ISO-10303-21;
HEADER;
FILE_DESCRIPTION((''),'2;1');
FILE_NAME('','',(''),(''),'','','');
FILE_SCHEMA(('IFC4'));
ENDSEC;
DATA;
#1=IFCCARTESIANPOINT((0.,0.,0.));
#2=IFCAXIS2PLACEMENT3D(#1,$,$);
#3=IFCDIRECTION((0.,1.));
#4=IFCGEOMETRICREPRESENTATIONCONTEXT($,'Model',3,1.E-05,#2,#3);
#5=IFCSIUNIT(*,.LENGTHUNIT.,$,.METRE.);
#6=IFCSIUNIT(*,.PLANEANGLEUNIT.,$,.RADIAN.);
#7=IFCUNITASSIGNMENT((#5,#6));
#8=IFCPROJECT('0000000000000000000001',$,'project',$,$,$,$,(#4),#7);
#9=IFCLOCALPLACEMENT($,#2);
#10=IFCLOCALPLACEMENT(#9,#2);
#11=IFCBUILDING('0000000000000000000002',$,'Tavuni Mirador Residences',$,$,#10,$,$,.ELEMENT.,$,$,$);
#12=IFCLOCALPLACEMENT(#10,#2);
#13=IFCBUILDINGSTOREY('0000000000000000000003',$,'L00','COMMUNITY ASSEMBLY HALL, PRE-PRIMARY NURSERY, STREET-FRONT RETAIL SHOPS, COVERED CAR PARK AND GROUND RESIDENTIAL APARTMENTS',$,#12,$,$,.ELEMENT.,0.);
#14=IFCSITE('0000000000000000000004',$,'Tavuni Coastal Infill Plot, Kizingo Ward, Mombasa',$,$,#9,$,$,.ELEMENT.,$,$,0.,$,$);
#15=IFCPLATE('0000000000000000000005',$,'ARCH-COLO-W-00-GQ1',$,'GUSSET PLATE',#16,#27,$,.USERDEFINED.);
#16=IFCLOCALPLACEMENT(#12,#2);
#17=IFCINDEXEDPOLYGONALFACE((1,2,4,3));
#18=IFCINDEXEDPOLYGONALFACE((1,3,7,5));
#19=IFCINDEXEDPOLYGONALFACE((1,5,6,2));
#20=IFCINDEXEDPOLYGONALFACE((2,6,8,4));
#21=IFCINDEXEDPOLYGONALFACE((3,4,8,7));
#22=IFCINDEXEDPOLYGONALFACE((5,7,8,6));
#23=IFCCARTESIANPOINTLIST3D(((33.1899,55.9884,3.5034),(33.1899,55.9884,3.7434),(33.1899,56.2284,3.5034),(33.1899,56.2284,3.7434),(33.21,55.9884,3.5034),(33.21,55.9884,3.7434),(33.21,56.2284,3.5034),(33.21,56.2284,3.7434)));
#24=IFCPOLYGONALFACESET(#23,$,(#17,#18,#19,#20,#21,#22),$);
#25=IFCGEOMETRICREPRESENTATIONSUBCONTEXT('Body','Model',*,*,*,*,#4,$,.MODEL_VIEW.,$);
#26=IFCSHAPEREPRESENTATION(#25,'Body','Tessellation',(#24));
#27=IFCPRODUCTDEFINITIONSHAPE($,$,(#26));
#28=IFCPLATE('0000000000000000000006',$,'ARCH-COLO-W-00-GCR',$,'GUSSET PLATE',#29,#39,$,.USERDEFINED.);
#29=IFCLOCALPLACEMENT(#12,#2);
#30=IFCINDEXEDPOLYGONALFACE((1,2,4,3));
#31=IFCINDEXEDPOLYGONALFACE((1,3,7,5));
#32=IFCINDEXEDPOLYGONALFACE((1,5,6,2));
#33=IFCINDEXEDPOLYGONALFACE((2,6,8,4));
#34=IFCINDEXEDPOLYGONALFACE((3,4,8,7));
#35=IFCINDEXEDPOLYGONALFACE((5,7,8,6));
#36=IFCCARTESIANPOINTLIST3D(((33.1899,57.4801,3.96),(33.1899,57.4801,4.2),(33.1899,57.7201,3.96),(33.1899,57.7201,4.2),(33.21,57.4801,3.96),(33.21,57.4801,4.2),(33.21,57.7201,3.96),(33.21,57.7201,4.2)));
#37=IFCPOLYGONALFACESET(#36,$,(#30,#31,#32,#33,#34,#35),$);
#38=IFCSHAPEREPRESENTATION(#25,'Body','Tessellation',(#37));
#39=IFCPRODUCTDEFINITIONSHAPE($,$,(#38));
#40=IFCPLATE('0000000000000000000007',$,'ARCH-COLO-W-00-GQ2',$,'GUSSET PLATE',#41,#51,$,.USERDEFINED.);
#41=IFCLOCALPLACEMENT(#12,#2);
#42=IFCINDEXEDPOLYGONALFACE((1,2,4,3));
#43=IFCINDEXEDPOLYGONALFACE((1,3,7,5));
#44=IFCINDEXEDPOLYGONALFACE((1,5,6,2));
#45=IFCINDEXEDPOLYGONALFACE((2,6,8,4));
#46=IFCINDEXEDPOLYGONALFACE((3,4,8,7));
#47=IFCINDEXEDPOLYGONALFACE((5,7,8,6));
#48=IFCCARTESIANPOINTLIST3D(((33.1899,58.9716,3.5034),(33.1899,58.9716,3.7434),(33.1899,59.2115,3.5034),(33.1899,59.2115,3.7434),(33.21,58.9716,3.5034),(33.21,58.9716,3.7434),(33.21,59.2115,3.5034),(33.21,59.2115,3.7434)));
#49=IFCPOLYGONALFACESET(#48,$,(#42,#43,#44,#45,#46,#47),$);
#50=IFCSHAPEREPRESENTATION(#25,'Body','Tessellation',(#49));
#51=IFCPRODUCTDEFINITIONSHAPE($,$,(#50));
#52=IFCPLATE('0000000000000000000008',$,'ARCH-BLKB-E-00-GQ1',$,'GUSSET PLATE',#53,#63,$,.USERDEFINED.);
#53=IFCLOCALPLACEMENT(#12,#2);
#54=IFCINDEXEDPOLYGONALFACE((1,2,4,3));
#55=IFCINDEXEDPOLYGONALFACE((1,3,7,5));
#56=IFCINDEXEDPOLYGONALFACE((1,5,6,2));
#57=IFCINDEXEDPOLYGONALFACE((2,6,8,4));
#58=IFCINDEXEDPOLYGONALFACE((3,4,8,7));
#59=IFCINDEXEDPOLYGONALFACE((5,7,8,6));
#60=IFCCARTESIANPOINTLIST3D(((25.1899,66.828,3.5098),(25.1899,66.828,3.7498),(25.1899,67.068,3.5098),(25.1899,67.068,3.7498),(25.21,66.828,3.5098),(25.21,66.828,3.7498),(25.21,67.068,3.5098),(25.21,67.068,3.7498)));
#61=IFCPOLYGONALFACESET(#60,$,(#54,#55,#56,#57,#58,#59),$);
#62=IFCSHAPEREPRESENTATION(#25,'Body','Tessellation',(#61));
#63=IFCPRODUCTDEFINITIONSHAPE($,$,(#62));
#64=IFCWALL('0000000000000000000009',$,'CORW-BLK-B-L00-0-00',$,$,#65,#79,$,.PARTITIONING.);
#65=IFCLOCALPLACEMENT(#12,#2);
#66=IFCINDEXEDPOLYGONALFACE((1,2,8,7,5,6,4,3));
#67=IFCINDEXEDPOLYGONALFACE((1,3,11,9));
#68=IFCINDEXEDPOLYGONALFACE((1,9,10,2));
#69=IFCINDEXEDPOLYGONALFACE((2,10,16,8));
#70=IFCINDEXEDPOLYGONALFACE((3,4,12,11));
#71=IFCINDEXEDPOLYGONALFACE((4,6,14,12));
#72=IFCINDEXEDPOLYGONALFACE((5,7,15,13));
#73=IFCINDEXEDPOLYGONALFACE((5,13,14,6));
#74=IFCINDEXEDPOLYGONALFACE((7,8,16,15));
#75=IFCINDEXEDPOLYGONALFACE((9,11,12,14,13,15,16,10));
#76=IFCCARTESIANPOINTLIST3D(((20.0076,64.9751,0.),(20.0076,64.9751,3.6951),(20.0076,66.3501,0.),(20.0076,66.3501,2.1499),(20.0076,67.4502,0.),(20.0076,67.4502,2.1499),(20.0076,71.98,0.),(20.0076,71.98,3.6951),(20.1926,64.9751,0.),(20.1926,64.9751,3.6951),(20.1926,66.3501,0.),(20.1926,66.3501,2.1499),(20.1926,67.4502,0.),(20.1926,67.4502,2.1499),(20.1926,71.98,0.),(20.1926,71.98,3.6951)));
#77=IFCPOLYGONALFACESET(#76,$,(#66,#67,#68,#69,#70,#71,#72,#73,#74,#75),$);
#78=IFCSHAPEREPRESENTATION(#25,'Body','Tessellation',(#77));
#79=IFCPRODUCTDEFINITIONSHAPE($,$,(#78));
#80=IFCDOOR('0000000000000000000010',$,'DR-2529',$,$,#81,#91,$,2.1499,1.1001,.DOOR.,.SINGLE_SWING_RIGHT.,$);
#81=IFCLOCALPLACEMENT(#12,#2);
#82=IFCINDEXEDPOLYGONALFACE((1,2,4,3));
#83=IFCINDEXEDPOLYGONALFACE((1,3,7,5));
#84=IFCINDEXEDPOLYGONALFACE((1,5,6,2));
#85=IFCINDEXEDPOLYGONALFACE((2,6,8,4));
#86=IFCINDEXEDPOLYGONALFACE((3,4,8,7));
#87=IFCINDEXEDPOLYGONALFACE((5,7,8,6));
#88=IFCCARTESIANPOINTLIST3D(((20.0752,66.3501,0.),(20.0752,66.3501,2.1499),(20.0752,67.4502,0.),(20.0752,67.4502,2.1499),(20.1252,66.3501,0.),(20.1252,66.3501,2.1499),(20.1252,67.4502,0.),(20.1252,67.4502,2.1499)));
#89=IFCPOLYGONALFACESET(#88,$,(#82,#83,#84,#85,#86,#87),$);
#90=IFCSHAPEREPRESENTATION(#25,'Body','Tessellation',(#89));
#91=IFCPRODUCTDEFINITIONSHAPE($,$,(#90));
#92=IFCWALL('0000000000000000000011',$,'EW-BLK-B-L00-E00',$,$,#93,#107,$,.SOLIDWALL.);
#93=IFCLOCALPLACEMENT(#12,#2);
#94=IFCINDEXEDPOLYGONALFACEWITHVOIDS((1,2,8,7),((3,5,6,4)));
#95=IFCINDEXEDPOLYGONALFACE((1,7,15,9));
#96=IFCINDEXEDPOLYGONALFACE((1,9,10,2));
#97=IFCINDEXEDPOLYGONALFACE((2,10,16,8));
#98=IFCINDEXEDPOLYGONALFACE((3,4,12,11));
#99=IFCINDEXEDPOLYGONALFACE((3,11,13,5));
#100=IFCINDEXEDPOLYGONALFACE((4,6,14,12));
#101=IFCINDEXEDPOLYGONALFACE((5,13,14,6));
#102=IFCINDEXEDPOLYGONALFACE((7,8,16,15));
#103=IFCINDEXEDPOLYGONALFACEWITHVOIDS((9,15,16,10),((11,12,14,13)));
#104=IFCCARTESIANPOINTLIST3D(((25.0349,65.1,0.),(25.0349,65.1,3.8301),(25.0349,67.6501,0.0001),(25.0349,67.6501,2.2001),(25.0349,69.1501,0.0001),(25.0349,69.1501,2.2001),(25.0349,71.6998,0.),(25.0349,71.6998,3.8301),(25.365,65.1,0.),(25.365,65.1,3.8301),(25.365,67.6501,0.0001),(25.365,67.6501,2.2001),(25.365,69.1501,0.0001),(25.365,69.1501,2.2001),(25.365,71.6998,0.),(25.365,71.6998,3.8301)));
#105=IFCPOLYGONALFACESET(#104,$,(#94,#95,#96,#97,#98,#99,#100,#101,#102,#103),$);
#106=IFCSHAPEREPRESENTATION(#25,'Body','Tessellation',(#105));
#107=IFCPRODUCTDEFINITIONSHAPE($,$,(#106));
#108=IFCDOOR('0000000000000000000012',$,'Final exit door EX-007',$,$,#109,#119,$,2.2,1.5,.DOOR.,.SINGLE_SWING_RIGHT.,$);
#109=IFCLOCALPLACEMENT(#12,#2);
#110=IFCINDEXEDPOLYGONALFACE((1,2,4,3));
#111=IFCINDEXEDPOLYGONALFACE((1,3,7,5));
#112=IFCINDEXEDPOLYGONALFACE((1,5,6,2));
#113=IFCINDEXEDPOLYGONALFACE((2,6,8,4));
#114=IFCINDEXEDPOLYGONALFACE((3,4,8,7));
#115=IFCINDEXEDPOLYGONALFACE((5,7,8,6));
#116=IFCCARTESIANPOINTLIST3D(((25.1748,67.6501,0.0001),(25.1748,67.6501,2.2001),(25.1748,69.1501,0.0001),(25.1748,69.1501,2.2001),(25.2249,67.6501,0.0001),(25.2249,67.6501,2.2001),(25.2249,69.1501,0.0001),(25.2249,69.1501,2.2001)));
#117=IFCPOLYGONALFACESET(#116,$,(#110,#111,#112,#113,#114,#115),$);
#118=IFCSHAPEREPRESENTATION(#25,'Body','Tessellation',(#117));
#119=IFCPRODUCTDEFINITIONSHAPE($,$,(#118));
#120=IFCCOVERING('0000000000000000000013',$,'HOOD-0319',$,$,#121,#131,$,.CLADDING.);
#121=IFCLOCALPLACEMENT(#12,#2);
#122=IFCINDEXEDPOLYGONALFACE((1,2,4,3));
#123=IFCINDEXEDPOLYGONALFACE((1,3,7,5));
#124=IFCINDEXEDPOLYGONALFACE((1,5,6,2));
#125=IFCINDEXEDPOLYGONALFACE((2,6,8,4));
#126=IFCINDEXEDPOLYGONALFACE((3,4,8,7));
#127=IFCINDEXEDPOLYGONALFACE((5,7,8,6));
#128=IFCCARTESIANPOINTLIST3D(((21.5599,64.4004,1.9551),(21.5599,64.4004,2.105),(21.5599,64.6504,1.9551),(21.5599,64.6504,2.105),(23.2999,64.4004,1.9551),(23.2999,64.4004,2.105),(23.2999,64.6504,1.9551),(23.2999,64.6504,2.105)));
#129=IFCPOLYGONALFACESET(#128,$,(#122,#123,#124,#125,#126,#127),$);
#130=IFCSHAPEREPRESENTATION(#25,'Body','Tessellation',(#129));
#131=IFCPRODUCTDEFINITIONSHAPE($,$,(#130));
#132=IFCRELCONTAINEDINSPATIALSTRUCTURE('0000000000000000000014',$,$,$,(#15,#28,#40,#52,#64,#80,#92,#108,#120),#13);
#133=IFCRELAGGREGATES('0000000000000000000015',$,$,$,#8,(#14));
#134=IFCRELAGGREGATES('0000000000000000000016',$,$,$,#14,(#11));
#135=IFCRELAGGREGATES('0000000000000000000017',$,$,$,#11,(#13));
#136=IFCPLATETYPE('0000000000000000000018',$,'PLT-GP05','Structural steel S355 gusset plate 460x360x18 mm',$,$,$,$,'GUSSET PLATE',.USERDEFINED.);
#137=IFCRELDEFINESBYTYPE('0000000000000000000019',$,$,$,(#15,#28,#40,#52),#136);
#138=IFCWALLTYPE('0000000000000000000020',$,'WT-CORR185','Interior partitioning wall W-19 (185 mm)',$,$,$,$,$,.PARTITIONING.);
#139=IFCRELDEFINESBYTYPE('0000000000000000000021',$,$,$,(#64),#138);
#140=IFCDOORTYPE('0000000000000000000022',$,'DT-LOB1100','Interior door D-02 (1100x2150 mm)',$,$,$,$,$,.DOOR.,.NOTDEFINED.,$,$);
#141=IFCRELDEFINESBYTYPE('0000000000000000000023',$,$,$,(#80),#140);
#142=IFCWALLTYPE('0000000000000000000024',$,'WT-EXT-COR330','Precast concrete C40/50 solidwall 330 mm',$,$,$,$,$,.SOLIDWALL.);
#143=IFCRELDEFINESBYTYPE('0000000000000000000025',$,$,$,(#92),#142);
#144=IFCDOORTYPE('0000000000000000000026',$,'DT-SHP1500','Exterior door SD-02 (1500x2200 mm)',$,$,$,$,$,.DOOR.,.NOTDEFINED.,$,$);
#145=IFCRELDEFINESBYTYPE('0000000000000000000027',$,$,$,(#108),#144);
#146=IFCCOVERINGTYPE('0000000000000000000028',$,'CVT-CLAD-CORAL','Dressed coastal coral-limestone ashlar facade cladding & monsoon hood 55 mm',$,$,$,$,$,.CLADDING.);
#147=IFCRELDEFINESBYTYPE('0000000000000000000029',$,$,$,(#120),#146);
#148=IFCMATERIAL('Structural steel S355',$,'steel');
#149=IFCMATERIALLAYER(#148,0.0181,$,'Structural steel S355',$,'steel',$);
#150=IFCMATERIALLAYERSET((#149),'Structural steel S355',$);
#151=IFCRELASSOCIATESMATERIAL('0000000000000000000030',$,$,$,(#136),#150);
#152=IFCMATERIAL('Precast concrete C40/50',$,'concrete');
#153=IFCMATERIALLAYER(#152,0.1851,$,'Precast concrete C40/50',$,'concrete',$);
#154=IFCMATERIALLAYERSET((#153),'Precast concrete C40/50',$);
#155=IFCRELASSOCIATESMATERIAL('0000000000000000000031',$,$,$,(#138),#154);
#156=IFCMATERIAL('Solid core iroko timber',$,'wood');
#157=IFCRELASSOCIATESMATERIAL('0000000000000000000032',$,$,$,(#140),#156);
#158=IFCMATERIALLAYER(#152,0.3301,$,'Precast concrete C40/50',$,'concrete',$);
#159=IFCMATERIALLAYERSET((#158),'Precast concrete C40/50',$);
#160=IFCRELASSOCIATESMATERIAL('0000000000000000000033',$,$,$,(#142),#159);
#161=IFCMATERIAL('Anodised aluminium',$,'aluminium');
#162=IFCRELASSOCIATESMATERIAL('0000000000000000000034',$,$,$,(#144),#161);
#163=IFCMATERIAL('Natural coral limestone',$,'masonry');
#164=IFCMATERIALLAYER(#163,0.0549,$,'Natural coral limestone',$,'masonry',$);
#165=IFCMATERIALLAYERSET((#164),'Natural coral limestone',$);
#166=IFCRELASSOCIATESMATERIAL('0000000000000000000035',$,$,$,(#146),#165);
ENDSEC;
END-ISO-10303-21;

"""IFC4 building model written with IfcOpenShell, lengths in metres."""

from ifc_helpers import new_model, si_unit, direction, frame, frame_2d, origin, origin_2d, place, context, subcontext, project, spatial, rectangle, extrude, material, layer, layer_set, type_object, element, fill, save


model = new_model("IFC4")

# Units and contexts
model_context = context("Model", 3, precision=1e-05, world=origin(), true_north=direction((0.0, 1.0)))
body_context = subcontext(model_context, "Body", "Model", "MODEL_VIEW")
ifc_project = project(units=[si_unit("LENGTHUNIT", "METRE"), si_unit("PLANEANGLEUNIT", "RADIAN")], contexts=[model_context])

# Site, building, storey
site_placement = place(None, origin())
site = spatial("IfcSite", under=ifc_project, at=site_placement, Name="Tavuni Coastal Infill Plot, Kizingo Ward, Mombasa", CompositionType="ELEMENT", RefElevation=0.0)
building_placement = place(site_placement, origin())
building = spatial("IfcBuilding", under=site, at=building_placement, Name="Tavuni Mirador Residences", CompositionType="ELEMENT")
storey_placement = place(building_placement, origin())
storey = spatial("IfcBuildingStorey", under=building, at=storey_placement, Name="L00", Description="COMMUNITY ASSEMBLY HALL, PRE-PRIMARY NURSERY, STREET-FRONT RETAIL SHOPS, COVERED CAR PARK AND GROUND RESIDENTIAL APARTMENTS", CompositionType="ELEMENT", Elevation=0.0)

# Shared definitions
ifc_material_1 = material(Name="Precast concrete C40/50", Category="concrete")

# Shared definitions
ifc_material_2 = material(Name="Structural steel S355", Category="steel")

# Plates
ifc_layer_1 = layer(ifc_material_2, 0.0181, Name="Structural steel S355", Category="steel")
ifc_layer_set_1 = layer_set([ifc_layer_1], Name="Structural steel S355")
plate_type = type_object("IfcPlateType", Name="PLT-GP05", Description="Structural steel S355 gusset plate 460x360x18 mm", ElementType="GUSSET PLATE", PredefinedType="USERDEFINED", material=ifc_layer_set_1)
for number, where, z_axis, x_axis, name in (
    (1, (33.2, 56.1084, 3.5034), (0.0, 0.0, 1.0), (1.0, 0.0, 0.0), "ARCH-COLO-W-00-GQ1"),
    (2, (33.2, 57.6001, 3.96), (0.0, 0.0, 1.0), (1.0, 0.0, 0.0), "ARCH-COLO-W-00-GCR"),
    (3, (33.2, 59.0916, 3.5034), (0.0, 0.0, 1.0), (1.0, 0.0, 0.0), "ARCH-COLO-W-00-GQ2"),
    (4, (25.2, 66.948, 3.5098), (0.0, 0.0, 1.0), (1.0, 0.0, 0.0), "ARCH-BLKB-E-00-GQ1"),
):
    element("IfcPlate", number, at=place(storey_placement, frame(where, z_axis=z_axis, x_axis=x_axis)), inside=storey, type_object=plate_type, Name=name, ObjectType="GUSSET PLATE", PredefinedType="USERDEFINED", context=body_context, shape_type="SweptSolid", body=[
        extrude(rectangle(XDim=0.02, YDim=0.24, at=origin_2d()), origin(), (0.0, 0.0, 1.0), 0.24),
    ])

# Walls, openings, doors
ifc_layer_2 = layer(ifc_material_1, 0.1851, Name="Precast concrete C40/50", Category="concrete")
ifc_layer_set_2 = layer_set([ifc_layer_2], Name="Precast concrete C40/50")
wall_type_1 = type_object("IfcWallType", Name="WT-CORR185", Description="Interior partitioning wall W-19 (185 mm)", PredefinedType="PARTITIONING", material=ifc_layer_set_2)
wall_1_placement = place(storey_placement, frame((20.1001, 64.9751, 0.0), z_axis=(0.0, 0.0, 1.0), x_axis=(0.0, 1.0, 0.0)))
wall_1 = element("IfcWall", 5, at=wall_1_placement, inside=storey, type_object=wall_type_1, Name="CORW-BLK-B-L00-0-00", PredefinedType="PARTITIONING", context=body_context, shape_type="SweptSolid", body=[
    extrude(rectangle(XDim=7.0049, YDim=0.1851, at=frame_2d((3.5024, 0.0))), origin(), (0.0, 0.0, 1.0), 3.6951),
])
opening_1_placement = place(wall_1_placement, frame((1.375, 0.0, 0.0)))
opening_1 = element("IfcOpeningElement", 6, at=opening_1_placement, cuts=wall_1, PredefinedType="OPENING", context=body_context, shape_type="SweptSolid", body=[
    extrude(rectangle(XDim=1.1001, YDim=2.1499, at=frame_2d((0.55, 1.075))), frame((0.0, 0.1025, 0.0), z_axis=(0.0, -1.0, 0.0), x_axis=(1.0, 0.0, 0.0)), (0.0, 0.0, 1.0), 0.2051),
])
ifc_material_3 = material(Name="Solid core iroko timber", Category="wood")
door_type_1 = type_object("IfcDoorType", Name="DT-LOB1100", Description="Interior door D-02 (1100x2150 mm)", OperationType="NOTDEFINED", PredefinedType="DOOR", material=ifc_material_3)
door_1_placement = place(opening_1_placement, origin())
door_1 = element("IfcDoor", 7, at=door_1_placement, inside=storey, type_object=door_type_1, Name="DR-2529", OperationType="SINGLE_SWING_RIGHT", OverallHeight=2.1499, OverallWidth=1.1001, PredefinedType="DOOR", context=body_context, shape_type="SweptSolid", body=[
    extrude(rectangle(XDim=1.1001, YDim=2.1499, at=frame_2d((0.55, 1.075))), frame((0.0, 0.0249, 0.0), z_axis=(0.0, -1.0, 0.0), x_axis=(1.0, 0.0, 0.0)), (0.0, 0.0, 1.0), 0.05),
])
fill(opening_1, door_1)
ifc_layer_3 = layer(ifc_material_1, 0.3301, Name="Precast concrete C40/50", Category="concrete")
ifc_layer_set_3 = layer_set([ifc_layer_3], Name="Precast concrete C40/50")
wall_type_2 = type_object("IfcWallType", Name="WT-EXT-COR330", Description="Precast concrete C40/50 solidwall 330 mm", PredefinedType="SOLIDWALL", material=ifc_layer_set_3)
wall_2_placement = place(storey_placement, frame((25.2, 65.1001, 0.0), z_axis=(0.0, 0.0, 1.0), x_axis=(0.0, 1.0, 0.0)))
wall_2 = element("IfcWall", 8, at=wall_2_placement, inside=storey, type_object=wall_type_2, Name="EW-BLK-B-L00-E00", PredefinedType="SOLIDWALL", context=body_context, shape_type="SweptSolid", body=[
    extrude(rectangle(XDim=6.5999, YDim=0.3301, at=frame_2d((3.2998, 0.0))), origin(), (0.0, 0.0, 1.0), 3.8301),
])
opening_2_placement = place(wall_2_placement, frame((2.55, 0.0, 0.0)))
opening_2 = element("IfcOpeningElement", 9, at=opening_2_placement, cuts=wall_2, PredefinedType="OPENING", context=body_context, shape_type="SweptSolid", body=[
    extrude(rectangle(XDim=1.5, YDim=2.2, at=frame_2d((0.75, 1.1001))), frame((0.0, 0.175, 0.0), z_axis=(0.0, -1.0, 0.0), x_axis=(1.0, 0.0, 0.0)), (0.0, 0.0, 1.0), 0.3501),
])
ifc_material_4 = material(Name="Anodised aluminium", Category="aluminium")
door_type_2 = type_object("IfcDoorType", Name="DT-SHP1500", Description="Exterior door SD-02 (1500x2200 mm)", OperationType="NOTDEFINED", PredefinedType="DOOR", material=ifc_material_4)
door_2_placement = place(opening_2_placement, frame((1.5, 0.0, 0.0), z_axis=(0.0, 0.0, 1.0), x_axis=(-1.0, 0.0, 0.0)))
door_2 = element("IfcDoor", 10, at=door_2_placement, inside=storey, type_object=door_type_2, Name="Final exit door EX-007", OperationType="SINGLE_SWING_RIGHT", OverallHeight=2.2, OverallWidth=1.5, PredefinedType="DOOR", context=body_context, shape_type="SweptSolid", body=[
    extrude(rectangle(XDim=1.5, YDim=2.2, at=frame_2d((0.75, 1.1001))), frame((0.0, 0.0249, 0.0), z_axis=(0.0, -1.0, 0.0), x_axis=(1.0, 0.0, 0.0)), (0.0, 0.0, 1.0), 0.05),
])
fill(opening_2, door_2)

# Covering
ifc_material_5 = material(Name="Natural coral limestone", Category="masonry")
ifc_layer_4 = layer(ifc_material_5, 0.0549, Name="Natural coral limestone", Category="masonry")
ifc_layer_set_4 = layer_set([ifc_layer_4], Name="Natural coral limestone")
covering_type = type_object("IfcCoveringType", Name="CVT-CLAD-CORAL", Description="Dressed coastal coral-limestone ashlar facade cladding & monsoon hood 55 mm", PredefinedType="CLADDING", material=ifc_layer_set_4)
covering_placement = place(storey_placement, frame((22.4299, 64.5254, 1.9551), z_axis=(0.0, 0.0, 1.0), x_axis=(1.0, 0.0, 0.0)))
element("IfcCovering", 11, at=covering_placement, inside=storey, type_object=covering_type, Name="HOOD-0319", PredefinedType="CLADDING", context=body_context, shape_type="SweptSolid", body=[
    extrude(rectangle(XDim=1.74, YDim=0.25, at=origin_2d()), origin(), (0.0, 0.0, 1.0), 0.1499),
])

save(model, "model.ifc")
